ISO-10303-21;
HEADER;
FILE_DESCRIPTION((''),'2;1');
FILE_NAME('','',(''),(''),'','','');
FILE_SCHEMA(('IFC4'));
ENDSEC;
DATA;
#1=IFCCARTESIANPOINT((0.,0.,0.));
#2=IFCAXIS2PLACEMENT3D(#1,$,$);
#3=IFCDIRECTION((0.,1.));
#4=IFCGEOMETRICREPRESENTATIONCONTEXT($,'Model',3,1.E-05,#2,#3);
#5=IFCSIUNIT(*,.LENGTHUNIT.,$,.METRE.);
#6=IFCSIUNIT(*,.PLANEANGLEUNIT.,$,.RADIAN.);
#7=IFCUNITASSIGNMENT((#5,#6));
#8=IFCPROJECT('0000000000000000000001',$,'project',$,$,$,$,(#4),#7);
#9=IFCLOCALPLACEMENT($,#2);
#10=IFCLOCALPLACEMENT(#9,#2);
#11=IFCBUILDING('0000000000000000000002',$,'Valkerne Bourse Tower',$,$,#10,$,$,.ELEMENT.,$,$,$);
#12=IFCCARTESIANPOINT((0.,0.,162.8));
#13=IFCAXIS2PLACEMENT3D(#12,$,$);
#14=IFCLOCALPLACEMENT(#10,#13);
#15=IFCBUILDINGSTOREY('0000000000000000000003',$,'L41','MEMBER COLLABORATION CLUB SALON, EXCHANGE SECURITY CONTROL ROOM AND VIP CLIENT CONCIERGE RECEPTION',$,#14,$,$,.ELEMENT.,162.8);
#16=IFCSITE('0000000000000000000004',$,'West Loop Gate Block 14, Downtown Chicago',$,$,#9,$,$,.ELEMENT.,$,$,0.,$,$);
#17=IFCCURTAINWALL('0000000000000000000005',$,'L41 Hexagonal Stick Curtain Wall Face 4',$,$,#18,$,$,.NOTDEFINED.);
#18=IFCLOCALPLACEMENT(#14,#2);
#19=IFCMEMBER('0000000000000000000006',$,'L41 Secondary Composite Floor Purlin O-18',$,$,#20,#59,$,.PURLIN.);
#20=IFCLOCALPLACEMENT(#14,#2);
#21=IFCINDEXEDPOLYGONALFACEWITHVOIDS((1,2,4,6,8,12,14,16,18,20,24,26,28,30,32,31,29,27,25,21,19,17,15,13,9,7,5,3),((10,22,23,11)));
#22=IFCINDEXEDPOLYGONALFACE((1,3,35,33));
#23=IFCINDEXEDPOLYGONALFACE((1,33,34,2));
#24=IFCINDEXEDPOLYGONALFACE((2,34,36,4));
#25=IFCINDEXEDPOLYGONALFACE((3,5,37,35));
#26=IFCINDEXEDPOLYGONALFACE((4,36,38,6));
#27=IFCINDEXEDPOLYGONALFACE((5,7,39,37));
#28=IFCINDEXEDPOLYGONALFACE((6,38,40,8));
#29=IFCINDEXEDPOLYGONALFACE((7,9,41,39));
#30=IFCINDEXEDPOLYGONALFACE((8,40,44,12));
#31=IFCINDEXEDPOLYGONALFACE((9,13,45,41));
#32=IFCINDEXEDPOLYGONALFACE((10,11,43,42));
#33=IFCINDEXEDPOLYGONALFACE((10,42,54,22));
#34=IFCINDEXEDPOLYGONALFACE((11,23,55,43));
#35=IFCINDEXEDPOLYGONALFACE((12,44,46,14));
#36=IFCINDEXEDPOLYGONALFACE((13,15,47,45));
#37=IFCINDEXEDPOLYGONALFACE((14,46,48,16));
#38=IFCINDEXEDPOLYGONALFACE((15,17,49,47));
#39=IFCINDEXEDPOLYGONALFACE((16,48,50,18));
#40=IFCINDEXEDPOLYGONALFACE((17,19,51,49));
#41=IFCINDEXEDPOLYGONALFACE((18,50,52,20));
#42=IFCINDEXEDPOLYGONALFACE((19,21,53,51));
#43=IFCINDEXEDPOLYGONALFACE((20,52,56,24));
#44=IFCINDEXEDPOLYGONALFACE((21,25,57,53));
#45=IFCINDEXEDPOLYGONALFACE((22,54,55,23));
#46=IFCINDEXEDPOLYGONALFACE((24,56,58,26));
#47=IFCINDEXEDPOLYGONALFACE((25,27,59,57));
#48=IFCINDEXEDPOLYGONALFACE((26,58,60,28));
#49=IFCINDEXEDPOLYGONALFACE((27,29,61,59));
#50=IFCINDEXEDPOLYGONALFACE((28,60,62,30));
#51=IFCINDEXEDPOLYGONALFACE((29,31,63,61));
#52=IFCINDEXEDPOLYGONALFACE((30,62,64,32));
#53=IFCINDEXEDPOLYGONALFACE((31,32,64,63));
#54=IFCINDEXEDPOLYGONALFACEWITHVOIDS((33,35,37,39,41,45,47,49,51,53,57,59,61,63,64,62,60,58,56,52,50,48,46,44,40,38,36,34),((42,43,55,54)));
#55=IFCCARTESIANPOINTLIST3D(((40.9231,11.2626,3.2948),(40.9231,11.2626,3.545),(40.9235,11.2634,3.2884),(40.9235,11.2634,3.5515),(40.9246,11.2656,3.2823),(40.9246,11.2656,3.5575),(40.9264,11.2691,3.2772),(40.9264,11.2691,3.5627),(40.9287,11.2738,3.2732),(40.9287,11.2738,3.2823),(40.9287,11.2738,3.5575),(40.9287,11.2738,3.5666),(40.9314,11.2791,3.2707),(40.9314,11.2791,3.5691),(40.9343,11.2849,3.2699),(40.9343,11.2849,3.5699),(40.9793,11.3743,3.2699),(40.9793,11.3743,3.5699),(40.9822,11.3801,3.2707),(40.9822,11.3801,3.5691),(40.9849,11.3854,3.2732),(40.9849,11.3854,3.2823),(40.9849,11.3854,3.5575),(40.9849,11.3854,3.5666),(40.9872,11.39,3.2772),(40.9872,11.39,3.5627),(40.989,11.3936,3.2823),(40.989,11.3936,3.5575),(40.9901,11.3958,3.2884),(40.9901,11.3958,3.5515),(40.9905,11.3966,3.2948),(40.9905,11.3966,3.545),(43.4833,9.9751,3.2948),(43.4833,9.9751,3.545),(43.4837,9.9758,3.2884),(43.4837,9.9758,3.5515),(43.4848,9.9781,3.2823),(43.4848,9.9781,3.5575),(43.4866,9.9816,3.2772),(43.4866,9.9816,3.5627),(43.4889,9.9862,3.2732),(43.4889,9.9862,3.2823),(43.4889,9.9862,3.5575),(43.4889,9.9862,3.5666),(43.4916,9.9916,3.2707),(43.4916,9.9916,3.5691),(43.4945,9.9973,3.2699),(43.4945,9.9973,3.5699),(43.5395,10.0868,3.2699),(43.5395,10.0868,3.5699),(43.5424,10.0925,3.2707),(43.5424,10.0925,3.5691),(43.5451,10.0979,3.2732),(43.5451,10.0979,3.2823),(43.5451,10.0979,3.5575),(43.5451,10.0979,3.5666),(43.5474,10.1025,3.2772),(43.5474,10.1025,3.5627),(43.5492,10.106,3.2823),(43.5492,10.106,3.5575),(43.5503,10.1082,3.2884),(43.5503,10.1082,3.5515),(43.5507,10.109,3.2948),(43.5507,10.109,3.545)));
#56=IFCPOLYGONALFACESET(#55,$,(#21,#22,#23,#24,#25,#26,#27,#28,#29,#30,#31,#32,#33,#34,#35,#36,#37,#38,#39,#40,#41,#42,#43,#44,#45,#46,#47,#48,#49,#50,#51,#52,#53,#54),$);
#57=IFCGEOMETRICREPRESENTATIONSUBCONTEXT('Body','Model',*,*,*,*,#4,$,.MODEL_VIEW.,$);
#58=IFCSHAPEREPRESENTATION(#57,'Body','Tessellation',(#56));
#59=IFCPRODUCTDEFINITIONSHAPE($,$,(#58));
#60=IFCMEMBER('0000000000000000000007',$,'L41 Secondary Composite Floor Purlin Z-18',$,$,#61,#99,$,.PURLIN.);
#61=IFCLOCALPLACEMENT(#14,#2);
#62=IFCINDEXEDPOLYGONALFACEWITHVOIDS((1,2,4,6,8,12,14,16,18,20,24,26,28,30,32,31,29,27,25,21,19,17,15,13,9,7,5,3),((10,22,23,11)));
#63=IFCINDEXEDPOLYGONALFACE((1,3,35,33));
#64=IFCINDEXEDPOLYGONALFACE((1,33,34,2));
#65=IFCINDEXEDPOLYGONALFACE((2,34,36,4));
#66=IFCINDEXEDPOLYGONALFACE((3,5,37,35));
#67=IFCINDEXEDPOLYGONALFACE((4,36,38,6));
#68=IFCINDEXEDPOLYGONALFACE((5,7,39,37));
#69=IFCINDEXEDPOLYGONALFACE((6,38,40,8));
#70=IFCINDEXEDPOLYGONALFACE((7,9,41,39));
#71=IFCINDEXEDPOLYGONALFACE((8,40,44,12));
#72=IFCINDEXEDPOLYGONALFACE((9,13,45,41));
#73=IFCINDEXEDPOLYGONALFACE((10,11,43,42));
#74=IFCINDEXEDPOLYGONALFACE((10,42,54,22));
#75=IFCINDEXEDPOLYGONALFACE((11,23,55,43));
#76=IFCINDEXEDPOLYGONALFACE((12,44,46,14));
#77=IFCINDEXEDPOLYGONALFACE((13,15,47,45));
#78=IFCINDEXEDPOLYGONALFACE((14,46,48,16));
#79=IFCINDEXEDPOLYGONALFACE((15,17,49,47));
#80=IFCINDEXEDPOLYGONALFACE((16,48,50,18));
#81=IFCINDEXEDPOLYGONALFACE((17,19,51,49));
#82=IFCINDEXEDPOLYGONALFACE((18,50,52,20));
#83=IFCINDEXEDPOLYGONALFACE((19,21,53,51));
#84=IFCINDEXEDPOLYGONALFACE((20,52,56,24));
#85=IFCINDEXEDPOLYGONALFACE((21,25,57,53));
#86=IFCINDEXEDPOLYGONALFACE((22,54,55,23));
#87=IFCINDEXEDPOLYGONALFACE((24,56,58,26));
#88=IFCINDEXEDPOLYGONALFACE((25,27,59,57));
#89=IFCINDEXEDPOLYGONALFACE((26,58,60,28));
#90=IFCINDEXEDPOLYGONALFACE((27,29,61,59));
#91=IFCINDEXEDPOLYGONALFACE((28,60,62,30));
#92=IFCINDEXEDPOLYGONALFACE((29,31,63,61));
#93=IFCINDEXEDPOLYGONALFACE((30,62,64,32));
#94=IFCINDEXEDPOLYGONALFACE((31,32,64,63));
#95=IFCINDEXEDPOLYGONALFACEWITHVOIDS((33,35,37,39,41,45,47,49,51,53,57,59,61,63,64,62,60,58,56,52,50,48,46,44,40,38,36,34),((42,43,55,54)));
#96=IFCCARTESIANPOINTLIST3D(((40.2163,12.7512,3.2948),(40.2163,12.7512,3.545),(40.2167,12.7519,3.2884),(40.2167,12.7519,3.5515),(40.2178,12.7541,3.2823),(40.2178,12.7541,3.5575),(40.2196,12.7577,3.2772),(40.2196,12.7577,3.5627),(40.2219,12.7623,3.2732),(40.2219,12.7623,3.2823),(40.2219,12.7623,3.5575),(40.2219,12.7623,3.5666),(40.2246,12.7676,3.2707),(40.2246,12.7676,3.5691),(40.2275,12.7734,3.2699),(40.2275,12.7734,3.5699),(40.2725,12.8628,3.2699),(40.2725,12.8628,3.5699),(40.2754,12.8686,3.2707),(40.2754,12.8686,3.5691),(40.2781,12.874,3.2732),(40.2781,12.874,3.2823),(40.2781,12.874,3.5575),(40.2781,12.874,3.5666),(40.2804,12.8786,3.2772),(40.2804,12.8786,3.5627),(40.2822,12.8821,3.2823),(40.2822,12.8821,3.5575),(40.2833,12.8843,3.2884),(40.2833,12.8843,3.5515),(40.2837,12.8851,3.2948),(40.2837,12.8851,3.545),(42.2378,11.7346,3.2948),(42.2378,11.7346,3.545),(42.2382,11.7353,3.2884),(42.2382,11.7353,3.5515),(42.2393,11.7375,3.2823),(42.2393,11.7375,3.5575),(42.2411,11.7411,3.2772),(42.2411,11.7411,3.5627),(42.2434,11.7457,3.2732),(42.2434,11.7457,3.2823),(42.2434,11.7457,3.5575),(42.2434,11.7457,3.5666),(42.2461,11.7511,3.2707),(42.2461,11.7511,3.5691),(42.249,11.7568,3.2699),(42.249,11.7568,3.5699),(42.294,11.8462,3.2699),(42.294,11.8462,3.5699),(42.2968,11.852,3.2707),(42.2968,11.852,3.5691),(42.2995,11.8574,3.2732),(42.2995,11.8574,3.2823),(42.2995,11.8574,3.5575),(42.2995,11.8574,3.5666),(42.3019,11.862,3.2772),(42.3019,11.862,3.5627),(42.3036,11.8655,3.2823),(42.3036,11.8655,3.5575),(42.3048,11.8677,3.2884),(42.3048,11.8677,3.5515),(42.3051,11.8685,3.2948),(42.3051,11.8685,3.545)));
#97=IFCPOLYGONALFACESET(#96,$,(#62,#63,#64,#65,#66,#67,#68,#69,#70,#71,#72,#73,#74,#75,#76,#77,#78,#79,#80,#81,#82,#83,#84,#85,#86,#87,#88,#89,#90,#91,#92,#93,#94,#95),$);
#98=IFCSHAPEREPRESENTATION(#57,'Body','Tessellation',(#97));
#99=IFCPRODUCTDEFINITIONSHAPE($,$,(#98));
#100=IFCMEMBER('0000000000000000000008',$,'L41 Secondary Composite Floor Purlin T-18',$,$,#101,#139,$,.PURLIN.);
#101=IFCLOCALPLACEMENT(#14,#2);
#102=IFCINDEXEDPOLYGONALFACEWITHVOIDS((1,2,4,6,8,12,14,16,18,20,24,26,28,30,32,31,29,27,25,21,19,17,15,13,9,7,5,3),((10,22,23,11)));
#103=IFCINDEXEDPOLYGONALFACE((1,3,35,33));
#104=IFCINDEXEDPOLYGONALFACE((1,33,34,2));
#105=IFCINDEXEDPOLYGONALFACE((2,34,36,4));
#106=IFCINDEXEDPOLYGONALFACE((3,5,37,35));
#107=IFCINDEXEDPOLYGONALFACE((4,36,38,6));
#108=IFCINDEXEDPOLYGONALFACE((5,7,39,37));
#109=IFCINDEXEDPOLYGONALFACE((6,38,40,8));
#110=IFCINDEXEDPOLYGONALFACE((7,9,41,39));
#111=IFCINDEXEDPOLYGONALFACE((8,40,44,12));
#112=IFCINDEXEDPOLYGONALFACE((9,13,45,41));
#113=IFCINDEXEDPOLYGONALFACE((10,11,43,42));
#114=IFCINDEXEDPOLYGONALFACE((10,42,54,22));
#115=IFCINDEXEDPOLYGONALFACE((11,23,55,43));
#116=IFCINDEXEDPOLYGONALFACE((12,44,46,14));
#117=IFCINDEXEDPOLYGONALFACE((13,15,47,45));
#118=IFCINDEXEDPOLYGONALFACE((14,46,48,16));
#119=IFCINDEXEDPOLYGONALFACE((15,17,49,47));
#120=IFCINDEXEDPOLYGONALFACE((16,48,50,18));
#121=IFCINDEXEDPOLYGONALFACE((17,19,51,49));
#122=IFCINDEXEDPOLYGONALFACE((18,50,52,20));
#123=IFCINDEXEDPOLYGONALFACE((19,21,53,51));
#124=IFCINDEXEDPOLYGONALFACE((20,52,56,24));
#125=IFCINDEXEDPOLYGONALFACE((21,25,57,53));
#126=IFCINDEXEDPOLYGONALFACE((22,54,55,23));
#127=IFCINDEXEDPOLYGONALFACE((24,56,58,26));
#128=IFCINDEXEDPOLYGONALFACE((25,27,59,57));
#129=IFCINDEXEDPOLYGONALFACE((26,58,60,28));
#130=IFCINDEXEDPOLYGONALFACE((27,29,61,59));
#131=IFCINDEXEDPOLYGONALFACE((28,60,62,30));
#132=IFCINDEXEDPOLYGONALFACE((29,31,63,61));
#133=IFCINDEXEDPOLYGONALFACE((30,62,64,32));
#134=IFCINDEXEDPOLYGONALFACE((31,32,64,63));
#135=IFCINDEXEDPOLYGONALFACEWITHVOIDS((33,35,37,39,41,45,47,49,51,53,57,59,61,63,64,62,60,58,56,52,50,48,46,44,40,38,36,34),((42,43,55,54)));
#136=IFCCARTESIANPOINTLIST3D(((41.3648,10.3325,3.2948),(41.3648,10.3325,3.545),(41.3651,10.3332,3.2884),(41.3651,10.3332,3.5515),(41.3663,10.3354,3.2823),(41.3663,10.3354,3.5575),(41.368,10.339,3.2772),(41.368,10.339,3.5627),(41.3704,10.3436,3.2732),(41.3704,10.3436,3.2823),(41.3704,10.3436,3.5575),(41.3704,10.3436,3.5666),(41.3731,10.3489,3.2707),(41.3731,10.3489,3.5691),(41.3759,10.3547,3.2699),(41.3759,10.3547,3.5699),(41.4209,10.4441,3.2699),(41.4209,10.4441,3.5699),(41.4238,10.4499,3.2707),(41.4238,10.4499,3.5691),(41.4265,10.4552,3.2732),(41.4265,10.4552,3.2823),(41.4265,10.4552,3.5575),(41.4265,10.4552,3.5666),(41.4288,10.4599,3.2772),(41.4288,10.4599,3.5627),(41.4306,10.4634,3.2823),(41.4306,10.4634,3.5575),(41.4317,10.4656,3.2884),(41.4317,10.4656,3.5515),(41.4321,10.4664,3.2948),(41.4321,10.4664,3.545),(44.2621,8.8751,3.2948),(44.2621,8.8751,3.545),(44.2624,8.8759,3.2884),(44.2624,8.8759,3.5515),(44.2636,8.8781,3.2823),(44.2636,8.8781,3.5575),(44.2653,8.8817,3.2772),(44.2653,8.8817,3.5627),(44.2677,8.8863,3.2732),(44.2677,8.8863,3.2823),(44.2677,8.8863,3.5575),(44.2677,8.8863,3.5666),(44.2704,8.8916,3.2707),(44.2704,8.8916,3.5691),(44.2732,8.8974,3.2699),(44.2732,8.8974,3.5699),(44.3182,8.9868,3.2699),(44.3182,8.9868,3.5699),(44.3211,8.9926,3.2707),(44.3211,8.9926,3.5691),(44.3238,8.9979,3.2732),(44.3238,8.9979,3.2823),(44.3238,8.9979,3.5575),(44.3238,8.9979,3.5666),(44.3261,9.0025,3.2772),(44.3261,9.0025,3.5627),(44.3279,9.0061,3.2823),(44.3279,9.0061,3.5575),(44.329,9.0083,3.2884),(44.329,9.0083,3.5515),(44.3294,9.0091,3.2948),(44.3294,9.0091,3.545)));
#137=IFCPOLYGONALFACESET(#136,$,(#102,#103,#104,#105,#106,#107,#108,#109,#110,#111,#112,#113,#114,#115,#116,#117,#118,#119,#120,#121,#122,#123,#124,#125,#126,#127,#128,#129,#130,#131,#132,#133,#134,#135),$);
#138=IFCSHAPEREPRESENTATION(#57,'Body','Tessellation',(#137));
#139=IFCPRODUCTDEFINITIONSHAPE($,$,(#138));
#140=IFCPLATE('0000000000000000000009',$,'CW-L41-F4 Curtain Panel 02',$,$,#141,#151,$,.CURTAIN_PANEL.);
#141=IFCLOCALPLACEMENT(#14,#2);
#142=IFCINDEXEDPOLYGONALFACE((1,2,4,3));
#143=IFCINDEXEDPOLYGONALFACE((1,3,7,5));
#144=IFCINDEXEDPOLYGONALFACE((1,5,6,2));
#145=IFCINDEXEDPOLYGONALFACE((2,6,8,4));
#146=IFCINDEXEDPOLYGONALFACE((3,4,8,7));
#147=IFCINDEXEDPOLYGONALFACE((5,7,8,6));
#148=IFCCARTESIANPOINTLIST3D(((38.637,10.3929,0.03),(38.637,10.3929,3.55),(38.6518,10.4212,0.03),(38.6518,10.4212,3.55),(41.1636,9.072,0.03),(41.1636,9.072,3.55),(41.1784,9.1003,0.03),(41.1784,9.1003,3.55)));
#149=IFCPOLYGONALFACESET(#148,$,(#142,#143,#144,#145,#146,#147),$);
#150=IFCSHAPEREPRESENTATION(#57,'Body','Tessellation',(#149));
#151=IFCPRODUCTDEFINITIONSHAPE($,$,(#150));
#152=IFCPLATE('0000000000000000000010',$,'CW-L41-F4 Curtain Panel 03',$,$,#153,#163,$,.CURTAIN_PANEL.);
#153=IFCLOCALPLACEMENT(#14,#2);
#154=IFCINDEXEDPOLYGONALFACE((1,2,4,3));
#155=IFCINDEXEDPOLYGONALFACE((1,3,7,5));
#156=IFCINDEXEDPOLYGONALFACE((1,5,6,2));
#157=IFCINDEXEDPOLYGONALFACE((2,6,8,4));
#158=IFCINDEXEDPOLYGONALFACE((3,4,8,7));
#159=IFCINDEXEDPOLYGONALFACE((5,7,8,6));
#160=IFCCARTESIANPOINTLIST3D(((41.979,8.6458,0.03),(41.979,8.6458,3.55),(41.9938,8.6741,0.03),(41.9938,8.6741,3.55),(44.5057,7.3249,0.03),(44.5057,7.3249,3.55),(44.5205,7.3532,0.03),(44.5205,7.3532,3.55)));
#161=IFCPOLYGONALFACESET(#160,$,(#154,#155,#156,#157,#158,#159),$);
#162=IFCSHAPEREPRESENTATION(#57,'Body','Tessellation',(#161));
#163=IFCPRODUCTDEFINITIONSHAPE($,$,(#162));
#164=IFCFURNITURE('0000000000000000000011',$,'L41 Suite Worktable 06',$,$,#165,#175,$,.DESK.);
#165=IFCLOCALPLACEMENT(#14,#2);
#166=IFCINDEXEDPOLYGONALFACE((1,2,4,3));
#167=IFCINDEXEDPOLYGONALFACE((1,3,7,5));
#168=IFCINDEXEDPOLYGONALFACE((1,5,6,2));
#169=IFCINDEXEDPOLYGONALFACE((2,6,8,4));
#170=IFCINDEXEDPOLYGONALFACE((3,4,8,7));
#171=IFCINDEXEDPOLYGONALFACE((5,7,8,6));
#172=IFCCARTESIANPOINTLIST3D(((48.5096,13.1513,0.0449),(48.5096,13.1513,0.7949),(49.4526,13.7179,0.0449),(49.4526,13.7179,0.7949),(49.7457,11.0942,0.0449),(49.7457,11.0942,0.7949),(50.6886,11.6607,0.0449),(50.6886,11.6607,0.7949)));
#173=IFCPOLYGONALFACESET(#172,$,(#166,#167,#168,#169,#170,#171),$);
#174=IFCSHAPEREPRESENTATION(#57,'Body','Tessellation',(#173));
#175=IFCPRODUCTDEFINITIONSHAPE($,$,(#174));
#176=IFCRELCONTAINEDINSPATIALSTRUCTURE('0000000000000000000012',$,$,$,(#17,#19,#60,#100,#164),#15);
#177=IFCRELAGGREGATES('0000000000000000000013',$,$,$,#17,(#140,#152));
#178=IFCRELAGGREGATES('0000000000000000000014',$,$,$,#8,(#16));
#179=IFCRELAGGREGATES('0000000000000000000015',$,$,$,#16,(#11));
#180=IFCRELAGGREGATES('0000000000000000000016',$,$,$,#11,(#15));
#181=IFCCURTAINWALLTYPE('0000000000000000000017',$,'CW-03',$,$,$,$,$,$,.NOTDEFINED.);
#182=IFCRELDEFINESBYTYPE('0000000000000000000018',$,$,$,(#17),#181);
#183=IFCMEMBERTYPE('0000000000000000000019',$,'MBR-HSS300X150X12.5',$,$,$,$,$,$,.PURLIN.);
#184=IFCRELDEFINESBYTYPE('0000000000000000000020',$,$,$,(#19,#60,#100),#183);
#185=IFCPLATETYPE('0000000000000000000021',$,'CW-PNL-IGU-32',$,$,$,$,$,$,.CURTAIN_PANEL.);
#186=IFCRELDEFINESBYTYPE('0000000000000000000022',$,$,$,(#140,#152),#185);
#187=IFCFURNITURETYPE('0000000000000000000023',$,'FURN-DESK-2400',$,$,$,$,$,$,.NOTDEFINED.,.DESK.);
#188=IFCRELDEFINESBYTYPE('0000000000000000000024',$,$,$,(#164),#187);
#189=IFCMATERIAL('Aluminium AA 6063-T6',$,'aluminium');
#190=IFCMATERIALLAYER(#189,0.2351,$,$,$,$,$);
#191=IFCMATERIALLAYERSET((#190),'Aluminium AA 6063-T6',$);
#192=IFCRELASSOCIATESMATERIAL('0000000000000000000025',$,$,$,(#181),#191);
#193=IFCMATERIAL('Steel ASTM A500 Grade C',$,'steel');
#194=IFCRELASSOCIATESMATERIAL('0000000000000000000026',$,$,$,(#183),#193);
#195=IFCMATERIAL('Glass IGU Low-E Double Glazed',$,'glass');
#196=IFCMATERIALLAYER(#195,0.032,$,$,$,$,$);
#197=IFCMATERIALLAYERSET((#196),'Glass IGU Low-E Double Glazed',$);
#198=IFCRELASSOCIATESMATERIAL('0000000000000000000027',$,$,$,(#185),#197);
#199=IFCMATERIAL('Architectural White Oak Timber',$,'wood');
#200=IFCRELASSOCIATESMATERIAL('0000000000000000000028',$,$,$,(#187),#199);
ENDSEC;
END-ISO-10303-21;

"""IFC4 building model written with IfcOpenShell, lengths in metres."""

from ifc_helpers import new_model, si_unit, direction, frame, origin, origin_2d, place, context, subcontext, project, spatial, rectangle, hollow_rectangle, extrude, material, layer, layer_set, material_profile, profile_set, type_object, element, aggregate, save


model = new_model("IFC4")

# Units and contexts
model_context = context("Model", 3, precision=1e-05, world=origin(), true_north=direction((0.0, 1.0)))
body_context = subcontext(model_context, "Body", "Model", "MODEL_VIEW")
ifc_project = project(units=[si_unit("LENGTHUNIT", "METRE"), si_unit("PLANEANGLEUNIT", "RADIAN")], contexts=[model_context])

# Site, building, storey
site_placement = place(None, origin())
site = spatial("IfcSite", under=ifc_project, at=site_placement, Name="West Loop Gate Block 14, Downtown Chicago", CompositionType="ELEMENT", RefElevation=0.0)
building_placement = place(site_placement, origin())
building = spatial("IfcBuilding", under=site, at=building_placement, Name="Valkerne Bourse Tower", CompositionType="ELEMENT")
storey_placement = place(building_placement, frame((0.0, 0.0, 162.8)))
storey = spatial("IfcBuildingStorey", under=building, at=storey_placement, Name="L41", Description="MEMBER COLLABORATION CLUB SALON, EXCHANGE SECURITY CONTROL ROOM AND VIP CLIENT CONCIERGE RECEPTION", CompositionType="ELEMENT", Elevation=162.8)

# Curtain wall
ifc_material_1 = material(Name="Aluminium AA 6063-T6", Category="aluminium")
ifc_layer_1 = layer(ifc_material_1, 0.2351)
ifc_layer_set_1 = layer_set([ifc_layer_1], Name="Aluminium AA 6063-T6")
curtain_wall_type = type_object("IfcCurtainWallType", Name="CW-03", PredefinedType="NOTDEFINED", material=ifc_layer_set_1)
curtain_wall_1_placement = place(storey_placement, origin())
curtain_wall_1 = element("IfcCurtainWall", 1, at=curtain_wall_1_placement, inside=storey, type_object=curtain_wall_type, Name="L41 Hexagonal Stick Curtain Wall Face 4", PredefinedType="NOTDEFINED")

# Members
ifc_material_2 = material(Name="Steel ASTM A500 Grade C", Category="steel")
ifc_material_profile_1 = material_profile(ifc_material_2, hollow_rectangle(XDim=0.1499, YDim=0.3, WallThickness=0.0125, OuterFilletRadius=0.0249, at=origin_2d()), Name="HSS300X150X12.5")
ifc_profile_set_1 = profile_set([ifc_material_profile_1], Name="Steel ASTM A500 Grade C")
member_type_1 = type_object("IfcMemberType", Name="MBR-HSS300X150X12.5", PredefinedType="PURLIN", material=ifc_profile_set_1)
member_1_placement = place(storey_placement, frame((40.9568, 11.3296, 3.4199), z_axis=(0.893385, -0.449291, 0.0), x_axis=(0.449291, 0.893385, 0.0)))
element("IfcMember", 2, at=member_1_placement, inside=storey, type_object=member_type_1, Name="L41 Secondary Composite Floor Purlin O-18", PredefinedType="PURLIN", context=body_context, shape_type="SweptSolid", body=[
    extrude(hollow_rectangle(XDim=0.1499, YDim=0.3, WallThickness=0.0125, OuterFilletRadius=0.0249, at=origin_2d()), origin(), (0.0, 0.0, 1.0), 2.8657),
])
member_2_placement = place(storey_placement, frame((40.25, 12.8181, 3.4199), z_axis=(0.893389, -0.449284, 0.0), x_axis=(0.449284, 0.893389, 0.0)))
element("IfcMember", 3, at=member_2_placement, inside=storey, type_object=member_type_1, Name="L41 Secondary Composite Floor Purlin Z-18", PredefinedType="PURLIN", context=body_context, shape_type="SweptSolid", body=[
    extrude(hollow_rectangle(XDim=0.1499, YDim=0.3, WallThickness=0.0125, OuterFilletRadius=0.0249, at=origin_2d()), origin(), (0.0, 0.0, 1.0), 2.2627),
])
member_3_placement = place(storey_placement, frame((41.3984, 10.3994, 3.4199), z_axis=(0.893356, -0.44935, 0.0), x_axis=(0.44935, 0.893356, 0.0)))
element("IfcMember", 4, at=member_3_placement, inside=storey, type_object=member_type_1, Name="L41 Secondary Composite Floor Purlin T-18", PredefinedType="PURLIN", context=body_context, shape_type="SweptSolid", body=[
    extrude(hollow_rectangle(XDim=0.1499, YDim=0.3, WallThickness=0.0125, OuterFilletRadius=0.0249, at=origin_2d()), origin(), (0.0, 0.0, 1.0), 3.2432),
])

# Plates
ifc_material_3 = material(Name="Glass IGU Low-E Double Glazed", Category="glass")
ifc_layer_2 = layer(ifc_material_3, 0.032)
ifc_layer_set_2 = layer_set([ifc_layer_2], Name="Glass IGU Low-E Double Glazed")
plate_type = type_object("IfcPlateType", Name="CW-PNL-IGU-32", PredefinedType="CURTAIN_PANEL", material=ifc_layer_set_2)
plate_1_placement = place(storey_placement, frame((39.9077, 9.7466, 0.03), z_axis=(0.0, 0.0, 1.0), x_axis=(0.886204, -0.463295, 0.0)))
plate_1 = element("IfcPlate", 5, at=plate_1_placement, type_object=plate_type, Name="CW-L41-F4 Curtain Panel 02", PredefinedType="CURTAIN_PANEL", context=body_context, shape_type="SweptSolid", body=[
    extrude(rectangle(XDim=2.8511, YDim=0.032, at=origin_2d()), origin(), (0.0, 0.0, 1.0), 3.52),
])
plate_2_placement = place(storey_placement, frame((43.2498, 7.9995, 0.03), z_axis=(0.0, 0.0, 1.0), x_axis=(0.886204, -0.463295, 0.0)))
plate_2 = element("IfcPlate", 6, at=plate_2_placement, type_object=plate_type, Name="CW-L41-F4 Curtain Panel 03", PredefinedType="CURTAIN_PANEL", context=body_context, shape_type="SweptSolid", body=[
    extrude(rectangle(XDim=2.8511, YDim=0.032, at=origin_2d()), origin(), (0.0, 0.0, 1.0), 3.52),
])
aggregate(curtain_wall_1, [plate_1, plate_2])

# Furniture
ifc_material_4 = material(Name="Architectural White Oak Timber", Category="wood")
furniture_type = type_object("IfcFurnitureType", Name="FURN-DESK-2400", AssemblyPlace="NOTDEFINED", PredefinedType="DESK", material=ifc_material_4)
furniture_placement = place(storey_placement, frame((49.5991, 12.406, 0.0449), z_axis=(0.0, 0.0, 1.0), x_axis=(-0.515038, 0.857167, 0.0)))
element("IfcFurniture", 7, at=furniture_placement, inside=storey, type_object=furniture_type, Name="L41 Suite Worktable 06", PredefinedType="DESK", context=body_context, shape_type="SweptSolid", body=[
    extrude(rectangle(XDim=2.3999, YDim=1.1001, at=origin_2d()), origin(), (0.0, 0.0, 1.0), 0.75),
])

save(model, "model.ifc")
